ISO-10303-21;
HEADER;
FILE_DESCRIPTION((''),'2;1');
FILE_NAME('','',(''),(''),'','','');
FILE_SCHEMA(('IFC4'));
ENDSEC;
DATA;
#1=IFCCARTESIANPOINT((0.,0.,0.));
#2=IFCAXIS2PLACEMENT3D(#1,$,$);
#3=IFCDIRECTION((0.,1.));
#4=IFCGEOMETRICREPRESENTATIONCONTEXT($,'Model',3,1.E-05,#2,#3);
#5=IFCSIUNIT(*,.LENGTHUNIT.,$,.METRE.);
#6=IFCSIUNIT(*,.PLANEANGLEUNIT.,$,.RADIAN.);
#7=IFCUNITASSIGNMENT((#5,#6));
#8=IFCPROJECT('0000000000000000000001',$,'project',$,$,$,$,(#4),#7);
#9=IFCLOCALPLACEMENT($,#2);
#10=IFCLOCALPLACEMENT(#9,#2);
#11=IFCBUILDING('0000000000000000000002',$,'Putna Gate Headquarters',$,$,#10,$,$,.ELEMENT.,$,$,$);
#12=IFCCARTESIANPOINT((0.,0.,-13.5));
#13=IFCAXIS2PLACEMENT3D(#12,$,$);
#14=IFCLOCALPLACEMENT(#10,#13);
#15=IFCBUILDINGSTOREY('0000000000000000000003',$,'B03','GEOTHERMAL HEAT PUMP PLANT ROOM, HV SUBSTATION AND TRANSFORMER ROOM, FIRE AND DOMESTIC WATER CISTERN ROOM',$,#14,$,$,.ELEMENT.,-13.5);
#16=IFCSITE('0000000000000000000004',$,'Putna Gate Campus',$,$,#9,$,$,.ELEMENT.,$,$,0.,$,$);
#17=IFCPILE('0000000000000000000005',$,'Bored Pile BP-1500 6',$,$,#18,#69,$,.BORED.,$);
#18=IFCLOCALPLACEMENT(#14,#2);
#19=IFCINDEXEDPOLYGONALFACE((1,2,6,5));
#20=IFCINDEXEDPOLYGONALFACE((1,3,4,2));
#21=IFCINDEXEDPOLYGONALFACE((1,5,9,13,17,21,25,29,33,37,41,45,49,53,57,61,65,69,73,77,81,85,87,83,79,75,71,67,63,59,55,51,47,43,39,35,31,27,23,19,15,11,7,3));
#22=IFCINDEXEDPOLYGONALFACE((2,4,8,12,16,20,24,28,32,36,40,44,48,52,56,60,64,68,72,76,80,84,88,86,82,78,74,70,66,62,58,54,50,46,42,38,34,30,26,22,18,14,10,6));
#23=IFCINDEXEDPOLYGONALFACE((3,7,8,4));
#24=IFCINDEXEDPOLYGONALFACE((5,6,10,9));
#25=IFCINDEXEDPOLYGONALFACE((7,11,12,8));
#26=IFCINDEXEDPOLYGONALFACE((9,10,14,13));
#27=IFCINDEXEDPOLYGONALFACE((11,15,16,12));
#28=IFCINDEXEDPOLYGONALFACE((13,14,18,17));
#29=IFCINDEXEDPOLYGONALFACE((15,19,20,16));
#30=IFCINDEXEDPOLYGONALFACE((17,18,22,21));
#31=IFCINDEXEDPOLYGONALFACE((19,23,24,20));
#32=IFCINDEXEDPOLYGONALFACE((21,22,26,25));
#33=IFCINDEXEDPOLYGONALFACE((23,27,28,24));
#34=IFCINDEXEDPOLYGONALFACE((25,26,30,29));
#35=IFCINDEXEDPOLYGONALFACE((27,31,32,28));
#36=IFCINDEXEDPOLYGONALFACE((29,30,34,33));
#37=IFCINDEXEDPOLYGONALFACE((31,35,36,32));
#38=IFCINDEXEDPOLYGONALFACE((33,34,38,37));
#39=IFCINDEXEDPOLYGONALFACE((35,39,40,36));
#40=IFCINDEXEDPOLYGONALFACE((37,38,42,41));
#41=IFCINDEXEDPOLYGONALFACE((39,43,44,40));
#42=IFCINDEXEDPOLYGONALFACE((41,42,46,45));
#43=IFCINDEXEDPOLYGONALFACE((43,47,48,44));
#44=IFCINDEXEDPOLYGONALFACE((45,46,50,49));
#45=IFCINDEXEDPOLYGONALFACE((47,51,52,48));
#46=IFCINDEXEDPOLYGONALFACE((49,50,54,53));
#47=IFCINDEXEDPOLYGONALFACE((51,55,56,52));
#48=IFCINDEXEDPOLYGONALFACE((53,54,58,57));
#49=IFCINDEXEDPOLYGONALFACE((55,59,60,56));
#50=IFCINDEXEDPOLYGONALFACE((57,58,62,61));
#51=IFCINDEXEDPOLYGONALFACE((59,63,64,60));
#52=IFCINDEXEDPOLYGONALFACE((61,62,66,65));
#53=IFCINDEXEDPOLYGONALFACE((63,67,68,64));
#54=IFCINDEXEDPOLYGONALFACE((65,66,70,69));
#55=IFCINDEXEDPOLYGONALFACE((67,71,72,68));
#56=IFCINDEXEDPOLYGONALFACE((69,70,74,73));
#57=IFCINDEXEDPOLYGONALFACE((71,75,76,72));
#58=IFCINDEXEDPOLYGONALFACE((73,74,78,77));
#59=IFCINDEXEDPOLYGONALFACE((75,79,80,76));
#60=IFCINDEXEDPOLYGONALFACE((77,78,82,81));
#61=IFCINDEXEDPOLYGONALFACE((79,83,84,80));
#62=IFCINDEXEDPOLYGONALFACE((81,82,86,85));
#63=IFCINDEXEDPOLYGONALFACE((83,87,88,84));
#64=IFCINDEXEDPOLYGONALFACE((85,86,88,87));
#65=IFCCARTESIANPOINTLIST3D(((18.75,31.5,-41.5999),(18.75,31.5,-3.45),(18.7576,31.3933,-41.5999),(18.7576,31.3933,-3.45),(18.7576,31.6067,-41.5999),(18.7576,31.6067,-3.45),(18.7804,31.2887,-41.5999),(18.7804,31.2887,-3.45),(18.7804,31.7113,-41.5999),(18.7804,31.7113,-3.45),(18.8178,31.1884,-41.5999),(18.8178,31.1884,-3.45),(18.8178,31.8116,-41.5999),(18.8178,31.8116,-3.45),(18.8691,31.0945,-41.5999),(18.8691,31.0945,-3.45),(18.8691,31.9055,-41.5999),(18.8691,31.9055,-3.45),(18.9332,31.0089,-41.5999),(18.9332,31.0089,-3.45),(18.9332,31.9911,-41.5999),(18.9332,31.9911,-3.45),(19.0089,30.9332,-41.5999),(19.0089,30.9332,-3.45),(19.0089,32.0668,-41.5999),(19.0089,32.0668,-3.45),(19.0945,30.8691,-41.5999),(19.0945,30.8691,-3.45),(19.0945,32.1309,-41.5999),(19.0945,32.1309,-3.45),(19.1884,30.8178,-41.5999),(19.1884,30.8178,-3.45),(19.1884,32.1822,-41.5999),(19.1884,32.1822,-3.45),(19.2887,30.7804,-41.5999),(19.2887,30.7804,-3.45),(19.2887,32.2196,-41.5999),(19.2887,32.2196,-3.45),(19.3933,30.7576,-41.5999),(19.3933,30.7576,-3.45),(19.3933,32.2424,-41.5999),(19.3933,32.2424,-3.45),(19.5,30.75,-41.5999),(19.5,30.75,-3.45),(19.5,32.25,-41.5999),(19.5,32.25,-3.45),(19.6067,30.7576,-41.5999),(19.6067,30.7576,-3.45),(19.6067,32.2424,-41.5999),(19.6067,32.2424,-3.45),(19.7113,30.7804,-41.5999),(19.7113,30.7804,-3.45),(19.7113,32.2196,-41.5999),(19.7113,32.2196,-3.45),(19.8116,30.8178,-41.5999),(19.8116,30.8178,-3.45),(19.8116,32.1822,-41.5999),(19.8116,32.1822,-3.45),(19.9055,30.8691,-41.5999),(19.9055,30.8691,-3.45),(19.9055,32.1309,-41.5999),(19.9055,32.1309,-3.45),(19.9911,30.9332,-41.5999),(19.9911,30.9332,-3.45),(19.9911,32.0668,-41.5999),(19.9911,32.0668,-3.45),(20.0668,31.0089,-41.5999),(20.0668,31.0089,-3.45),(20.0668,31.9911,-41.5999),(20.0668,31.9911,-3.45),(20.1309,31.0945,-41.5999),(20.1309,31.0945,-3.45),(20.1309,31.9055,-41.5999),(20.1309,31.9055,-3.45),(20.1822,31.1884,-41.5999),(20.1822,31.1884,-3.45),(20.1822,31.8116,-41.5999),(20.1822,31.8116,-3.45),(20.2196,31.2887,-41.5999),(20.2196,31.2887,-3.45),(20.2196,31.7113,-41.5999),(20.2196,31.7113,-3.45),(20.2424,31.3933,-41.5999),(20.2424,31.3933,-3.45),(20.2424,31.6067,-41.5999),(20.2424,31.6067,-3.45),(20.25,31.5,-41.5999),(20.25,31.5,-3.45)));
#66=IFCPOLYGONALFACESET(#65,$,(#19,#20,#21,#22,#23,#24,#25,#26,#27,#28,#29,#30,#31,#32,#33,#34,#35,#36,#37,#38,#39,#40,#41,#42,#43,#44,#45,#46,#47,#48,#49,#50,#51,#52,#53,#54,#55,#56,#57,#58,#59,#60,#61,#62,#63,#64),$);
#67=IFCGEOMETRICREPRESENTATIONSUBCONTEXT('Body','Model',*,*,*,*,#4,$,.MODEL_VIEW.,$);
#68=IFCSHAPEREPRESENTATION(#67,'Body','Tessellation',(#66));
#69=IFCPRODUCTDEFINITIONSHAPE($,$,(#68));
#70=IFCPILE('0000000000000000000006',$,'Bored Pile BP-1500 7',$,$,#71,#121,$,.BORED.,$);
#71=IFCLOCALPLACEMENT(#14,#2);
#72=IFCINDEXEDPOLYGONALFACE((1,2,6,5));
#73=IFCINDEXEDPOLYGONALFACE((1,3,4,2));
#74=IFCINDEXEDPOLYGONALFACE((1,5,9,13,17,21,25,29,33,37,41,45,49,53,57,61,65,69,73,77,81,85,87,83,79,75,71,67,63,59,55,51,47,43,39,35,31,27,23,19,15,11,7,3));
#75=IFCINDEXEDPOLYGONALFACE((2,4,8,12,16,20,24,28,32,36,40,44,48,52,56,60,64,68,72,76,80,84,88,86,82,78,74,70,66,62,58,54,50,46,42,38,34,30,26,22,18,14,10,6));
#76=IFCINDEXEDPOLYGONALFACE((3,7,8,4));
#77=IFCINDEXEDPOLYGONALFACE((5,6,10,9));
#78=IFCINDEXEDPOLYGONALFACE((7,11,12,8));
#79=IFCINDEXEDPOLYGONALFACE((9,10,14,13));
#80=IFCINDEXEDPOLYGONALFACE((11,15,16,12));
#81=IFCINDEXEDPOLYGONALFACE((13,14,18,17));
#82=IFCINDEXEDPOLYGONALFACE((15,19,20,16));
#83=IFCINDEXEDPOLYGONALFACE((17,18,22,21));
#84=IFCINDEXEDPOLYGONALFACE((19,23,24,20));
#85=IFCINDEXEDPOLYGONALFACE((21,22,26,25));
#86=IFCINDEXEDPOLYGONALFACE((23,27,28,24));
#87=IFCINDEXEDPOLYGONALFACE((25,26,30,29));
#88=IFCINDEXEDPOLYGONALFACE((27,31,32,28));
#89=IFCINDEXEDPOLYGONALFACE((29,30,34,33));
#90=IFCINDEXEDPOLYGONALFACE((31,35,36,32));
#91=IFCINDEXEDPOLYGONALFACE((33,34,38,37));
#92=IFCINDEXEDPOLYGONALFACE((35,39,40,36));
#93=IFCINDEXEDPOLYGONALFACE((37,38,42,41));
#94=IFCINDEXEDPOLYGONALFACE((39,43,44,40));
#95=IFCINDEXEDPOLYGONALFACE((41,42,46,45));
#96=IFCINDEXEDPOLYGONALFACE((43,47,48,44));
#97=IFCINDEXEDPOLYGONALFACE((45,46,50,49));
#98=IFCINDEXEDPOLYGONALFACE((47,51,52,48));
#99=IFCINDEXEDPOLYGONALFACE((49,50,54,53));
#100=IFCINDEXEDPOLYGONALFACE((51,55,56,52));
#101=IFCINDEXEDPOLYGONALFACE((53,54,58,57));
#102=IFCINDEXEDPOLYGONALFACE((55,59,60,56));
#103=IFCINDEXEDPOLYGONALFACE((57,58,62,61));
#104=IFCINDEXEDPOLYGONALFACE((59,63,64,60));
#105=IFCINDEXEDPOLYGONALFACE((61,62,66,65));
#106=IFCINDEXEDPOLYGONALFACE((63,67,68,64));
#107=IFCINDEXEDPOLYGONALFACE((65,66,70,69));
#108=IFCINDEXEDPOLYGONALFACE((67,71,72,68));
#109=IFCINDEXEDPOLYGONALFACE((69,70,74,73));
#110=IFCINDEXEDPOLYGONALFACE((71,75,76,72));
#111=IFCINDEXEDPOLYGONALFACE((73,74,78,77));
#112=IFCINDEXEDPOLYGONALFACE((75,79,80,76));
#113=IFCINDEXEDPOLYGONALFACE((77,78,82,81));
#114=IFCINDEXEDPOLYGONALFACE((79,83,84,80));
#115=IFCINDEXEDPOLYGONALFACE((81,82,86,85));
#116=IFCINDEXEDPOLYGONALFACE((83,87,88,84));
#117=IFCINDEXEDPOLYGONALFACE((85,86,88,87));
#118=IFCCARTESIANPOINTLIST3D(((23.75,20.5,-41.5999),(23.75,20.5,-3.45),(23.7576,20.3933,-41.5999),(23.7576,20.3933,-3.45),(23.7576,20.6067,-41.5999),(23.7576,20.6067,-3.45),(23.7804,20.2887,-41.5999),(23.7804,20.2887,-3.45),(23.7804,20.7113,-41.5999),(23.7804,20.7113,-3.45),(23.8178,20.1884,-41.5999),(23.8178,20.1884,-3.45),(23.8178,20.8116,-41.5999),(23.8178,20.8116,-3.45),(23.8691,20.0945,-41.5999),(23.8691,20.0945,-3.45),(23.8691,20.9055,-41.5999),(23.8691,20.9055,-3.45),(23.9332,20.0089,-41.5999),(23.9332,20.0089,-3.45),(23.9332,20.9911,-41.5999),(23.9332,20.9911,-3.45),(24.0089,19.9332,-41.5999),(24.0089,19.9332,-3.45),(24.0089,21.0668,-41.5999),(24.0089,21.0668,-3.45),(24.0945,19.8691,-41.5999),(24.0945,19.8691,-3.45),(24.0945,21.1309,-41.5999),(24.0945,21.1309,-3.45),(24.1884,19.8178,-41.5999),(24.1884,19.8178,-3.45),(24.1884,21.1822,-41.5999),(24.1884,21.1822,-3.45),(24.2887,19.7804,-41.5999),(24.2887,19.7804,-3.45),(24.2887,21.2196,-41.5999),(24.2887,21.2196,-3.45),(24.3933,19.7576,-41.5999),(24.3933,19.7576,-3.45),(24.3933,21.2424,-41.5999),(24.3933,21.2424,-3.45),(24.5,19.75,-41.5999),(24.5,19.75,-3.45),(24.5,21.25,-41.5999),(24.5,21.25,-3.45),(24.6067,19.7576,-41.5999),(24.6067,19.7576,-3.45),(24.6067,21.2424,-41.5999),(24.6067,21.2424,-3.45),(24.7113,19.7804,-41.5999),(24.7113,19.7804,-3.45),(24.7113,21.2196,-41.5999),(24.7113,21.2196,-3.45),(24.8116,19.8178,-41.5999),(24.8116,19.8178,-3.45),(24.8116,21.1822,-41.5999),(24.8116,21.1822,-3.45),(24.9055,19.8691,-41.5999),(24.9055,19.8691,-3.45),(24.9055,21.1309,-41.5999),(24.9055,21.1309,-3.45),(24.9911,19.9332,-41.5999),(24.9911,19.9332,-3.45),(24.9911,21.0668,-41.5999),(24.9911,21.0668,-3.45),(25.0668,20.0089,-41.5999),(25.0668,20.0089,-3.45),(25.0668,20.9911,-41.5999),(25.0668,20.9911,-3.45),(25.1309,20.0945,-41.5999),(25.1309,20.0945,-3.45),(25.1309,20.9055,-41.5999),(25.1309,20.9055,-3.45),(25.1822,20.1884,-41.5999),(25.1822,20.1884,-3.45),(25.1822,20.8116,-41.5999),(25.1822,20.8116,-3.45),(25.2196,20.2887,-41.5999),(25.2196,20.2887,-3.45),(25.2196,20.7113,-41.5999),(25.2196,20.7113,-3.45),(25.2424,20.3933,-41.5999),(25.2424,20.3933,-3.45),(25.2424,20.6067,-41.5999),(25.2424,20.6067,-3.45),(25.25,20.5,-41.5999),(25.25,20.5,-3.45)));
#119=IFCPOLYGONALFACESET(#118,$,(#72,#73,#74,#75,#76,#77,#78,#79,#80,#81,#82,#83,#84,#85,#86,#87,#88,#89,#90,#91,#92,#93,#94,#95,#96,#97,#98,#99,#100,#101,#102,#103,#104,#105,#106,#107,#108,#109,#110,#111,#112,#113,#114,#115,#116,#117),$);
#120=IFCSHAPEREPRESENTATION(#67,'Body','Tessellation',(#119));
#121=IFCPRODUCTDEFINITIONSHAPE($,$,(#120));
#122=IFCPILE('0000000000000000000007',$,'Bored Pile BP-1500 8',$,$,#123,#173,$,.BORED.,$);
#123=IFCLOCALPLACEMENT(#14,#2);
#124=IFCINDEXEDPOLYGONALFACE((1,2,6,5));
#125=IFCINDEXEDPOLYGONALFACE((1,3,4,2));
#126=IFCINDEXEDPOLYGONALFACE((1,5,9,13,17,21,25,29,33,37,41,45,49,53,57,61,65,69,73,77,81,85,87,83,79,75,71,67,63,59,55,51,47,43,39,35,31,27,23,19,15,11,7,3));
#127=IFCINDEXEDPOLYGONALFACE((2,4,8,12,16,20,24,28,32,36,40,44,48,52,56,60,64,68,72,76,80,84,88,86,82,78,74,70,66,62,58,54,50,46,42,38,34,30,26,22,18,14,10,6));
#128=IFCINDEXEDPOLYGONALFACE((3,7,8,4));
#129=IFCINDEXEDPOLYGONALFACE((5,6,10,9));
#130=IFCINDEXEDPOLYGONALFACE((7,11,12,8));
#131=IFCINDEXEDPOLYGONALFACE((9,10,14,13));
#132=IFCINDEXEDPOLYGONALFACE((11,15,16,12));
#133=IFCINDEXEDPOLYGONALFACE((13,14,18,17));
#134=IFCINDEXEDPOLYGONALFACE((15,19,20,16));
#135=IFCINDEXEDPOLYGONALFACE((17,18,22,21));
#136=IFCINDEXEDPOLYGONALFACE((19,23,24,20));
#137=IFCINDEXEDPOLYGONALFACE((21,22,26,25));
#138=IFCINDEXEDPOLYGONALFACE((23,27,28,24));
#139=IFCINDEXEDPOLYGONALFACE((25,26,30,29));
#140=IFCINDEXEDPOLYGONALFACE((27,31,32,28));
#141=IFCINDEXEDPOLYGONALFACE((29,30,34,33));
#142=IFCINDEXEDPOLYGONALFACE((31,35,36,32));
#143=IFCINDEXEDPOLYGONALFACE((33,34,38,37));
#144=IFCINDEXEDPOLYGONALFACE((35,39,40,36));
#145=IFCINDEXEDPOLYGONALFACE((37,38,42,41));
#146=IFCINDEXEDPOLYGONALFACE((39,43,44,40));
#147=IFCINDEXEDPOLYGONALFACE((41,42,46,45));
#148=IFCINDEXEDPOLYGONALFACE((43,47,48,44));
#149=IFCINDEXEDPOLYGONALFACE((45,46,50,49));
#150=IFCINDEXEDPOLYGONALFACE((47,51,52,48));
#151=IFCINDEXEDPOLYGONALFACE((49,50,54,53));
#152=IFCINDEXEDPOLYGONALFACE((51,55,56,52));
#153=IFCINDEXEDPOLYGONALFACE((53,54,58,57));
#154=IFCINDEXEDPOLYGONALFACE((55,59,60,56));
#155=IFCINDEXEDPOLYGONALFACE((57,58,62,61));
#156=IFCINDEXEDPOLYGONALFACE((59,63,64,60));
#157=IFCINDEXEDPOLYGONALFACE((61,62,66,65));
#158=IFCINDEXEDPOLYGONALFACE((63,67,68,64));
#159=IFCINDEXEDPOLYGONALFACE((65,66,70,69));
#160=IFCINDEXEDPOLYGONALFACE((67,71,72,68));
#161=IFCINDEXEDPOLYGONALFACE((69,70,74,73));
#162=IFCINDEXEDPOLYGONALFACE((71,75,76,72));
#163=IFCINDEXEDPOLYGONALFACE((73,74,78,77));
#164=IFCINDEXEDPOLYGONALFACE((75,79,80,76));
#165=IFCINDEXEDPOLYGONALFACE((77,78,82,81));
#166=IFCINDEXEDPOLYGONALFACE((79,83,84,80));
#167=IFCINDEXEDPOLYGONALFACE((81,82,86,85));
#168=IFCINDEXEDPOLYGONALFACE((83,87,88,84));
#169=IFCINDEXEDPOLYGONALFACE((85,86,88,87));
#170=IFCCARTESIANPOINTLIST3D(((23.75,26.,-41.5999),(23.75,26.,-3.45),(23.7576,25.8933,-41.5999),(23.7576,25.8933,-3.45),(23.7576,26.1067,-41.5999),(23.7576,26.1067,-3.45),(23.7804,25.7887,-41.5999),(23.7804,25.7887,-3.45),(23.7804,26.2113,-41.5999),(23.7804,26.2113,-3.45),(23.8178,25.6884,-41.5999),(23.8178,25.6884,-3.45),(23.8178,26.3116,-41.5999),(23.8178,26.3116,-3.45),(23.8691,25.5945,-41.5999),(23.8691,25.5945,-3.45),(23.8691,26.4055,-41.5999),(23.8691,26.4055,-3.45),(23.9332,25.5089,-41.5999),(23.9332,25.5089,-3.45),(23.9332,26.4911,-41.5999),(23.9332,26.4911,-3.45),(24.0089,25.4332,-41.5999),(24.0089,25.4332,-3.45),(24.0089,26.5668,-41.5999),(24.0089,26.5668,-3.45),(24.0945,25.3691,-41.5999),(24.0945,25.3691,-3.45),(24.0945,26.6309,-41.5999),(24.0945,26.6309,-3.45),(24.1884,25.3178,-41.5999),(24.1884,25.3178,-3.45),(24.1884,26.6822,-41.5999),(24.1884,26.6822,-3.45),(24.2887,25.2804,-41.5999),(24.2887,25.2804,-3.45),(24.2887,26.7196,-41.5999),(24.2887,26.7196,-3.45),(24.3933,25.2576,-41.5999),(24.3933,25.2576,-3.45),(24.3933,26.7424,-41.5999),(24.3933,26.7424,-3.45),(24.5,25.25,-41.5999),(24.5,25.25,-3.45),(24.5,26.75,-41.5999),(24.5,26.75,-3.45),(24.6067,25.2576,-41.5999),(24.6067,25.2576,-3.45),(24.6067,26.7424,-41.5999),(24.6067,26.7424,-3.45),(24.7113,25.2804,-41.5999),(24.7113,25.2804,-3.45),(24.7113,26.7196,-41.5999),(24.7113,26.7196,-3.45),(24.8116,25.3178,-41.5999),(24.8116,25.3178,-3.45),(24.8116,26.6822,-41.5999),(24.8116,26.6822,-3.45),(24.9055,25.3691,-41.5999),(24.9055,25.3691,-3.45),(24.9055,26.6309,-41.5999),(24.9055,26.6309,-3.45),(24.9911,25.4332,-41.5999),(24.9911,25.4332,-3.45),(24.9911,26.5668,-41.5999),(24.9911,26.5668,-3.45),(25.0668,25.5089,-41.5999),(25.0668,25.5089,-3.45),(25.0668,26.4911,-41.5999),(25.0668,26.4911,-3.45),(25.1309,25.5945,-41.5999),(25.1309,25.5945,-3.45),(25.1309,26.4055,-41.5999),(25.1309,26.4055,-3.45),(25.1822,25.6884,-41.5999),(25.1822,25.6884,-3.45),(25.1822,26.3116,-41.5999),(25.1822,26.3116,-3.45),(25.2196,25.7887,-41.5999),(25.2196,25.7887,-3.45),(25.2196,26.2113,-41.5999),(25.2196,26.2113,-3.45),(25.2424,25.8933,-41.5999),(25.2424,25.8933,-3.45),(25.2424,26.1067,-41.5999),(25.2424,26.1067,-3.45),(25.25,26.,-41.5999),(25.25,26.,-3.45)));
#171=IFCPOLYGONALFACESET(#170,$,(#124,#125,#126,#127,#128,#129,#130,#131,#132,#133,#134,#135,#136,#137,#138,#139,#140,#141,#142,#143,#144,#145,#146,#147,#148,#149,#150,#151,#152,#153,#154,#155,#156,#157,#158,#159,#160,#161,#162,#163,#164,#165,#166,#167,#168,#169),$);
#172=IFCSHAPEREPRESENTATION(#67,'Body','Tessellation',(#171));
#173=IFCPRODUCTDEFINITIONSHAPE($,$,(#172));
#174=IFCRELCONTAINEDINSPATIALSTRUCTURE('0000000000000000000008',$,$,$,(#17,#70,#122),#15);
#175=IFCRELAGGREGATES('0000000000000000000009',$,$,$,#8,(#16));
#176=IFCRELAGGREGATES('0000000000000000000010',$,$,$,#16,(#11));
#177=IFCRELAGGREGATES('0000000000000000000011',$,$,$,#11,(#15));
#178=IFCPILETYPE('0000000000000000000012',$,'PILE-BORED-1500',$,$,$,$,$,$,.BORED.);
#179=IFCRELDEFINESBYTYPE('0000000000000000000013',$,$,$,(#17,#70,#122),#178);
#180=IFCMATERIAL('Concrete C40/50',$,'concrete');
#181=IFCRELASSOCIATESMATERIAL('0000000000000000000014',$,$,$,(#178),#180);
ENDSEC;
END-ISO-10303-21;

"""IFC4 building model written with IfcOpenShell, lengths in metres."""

from ifc_helpers import new_model, si_unit, direction, frame, origin, origin_2d, place, context, subcontext, project, spatial, circle, extrude, material, material_profile, profile_set, type_object, element, save


model = new_model("IFC4")

# Units and contexts
model_context = context("Model", 3, precision=1e-05, world=origin(), true_north=direction((0.0, 1.0)))
body_context = subcontext(model_context, "Body", "Model", "MODEL_VIEW")
ifc_project = project(units=[si_unit("LENGTHUNIT", "METRE"), si_unit("PLANEANGLEUNIT", "RADIAN")], contexts=[model_context])

# Site, building, storey
site_placement = place(None, origin())
site = spatial("IfcSite", under=ifc_project, at=site_placement, Name="Putna Gate Campus", CompositionType="ELEMENT", RefElevation=0.0)
building_placement = place(site_placement, origin())
building = spatial("IfcBuilding", under=site, at=building_placement, Name="Putna Gate Headquarters", CompositionType="ELEMENT")
storey_placement = place(building_placement, frame((0.0, 0.0, -13.5)))
storey = spatial("IfcBuildingStorey", under=building, at=storey_placement, Name="B03", Description="GEOTHERMAL HEAT PUMP PLANT ROOM, HV SUBSTATION AND TRANSFORMER ROOM, FIRE AND DOMESTIC WATER CISTERN ROOM", CompositionType="ELEMENT", Elevation=-13.5)

# Piles
ifc_material_1 = material(Name="Concrete C40/50", Category="concrete")
ifc_material_profile_1 = material_profile(ifc_material_1, circle(Radius=0.75, at=origin_2d()), Name="Concrete C40/50")
ifc_profile_set_1 = profile_set([ifc_material_profile_1], Name="Concrete C40/50")
pile_type_1 = type_object("IfcPileType", Name="PILE-BORED-1500", PredefinedType="BORED", material=ifc_profile_set_1)
for number, where, z_axis, x_axis, name in (
    (1, (19.5, 31.5, -3.45), (0.0, 0.0, -1.0), (1.0, 0.0, 0.0), "Bored Pile BP-1500 6"),
    (2, (24.5, 20.5, -3.45), (0.0, 0.0, -1.0), (1.0, 0.0, 0.0), "Bored Pile BP-1500 7"),
    (3, (24.5, 26.0, -3.45), (0.0, 0.0, -1.0), (1.0, 0.0, 0.0), "Bored Pile BP-1500 8"),
):
    element("IfcPile", number, at=place(storey_placement, frame(where, z_axis=z_axis, x_axis=x_axis)), inside=storey, type_object=pile_type_1, Name=name, PredefinedType="BORED", context=body_context, shape_type="SweptSolid", body=[
        extrude(circle(Radius=0.75, at=origin_2d()), origin(), (0.0, 0.0, 1.0), 38.1499),
    ])

save(model, "model.ifc")
